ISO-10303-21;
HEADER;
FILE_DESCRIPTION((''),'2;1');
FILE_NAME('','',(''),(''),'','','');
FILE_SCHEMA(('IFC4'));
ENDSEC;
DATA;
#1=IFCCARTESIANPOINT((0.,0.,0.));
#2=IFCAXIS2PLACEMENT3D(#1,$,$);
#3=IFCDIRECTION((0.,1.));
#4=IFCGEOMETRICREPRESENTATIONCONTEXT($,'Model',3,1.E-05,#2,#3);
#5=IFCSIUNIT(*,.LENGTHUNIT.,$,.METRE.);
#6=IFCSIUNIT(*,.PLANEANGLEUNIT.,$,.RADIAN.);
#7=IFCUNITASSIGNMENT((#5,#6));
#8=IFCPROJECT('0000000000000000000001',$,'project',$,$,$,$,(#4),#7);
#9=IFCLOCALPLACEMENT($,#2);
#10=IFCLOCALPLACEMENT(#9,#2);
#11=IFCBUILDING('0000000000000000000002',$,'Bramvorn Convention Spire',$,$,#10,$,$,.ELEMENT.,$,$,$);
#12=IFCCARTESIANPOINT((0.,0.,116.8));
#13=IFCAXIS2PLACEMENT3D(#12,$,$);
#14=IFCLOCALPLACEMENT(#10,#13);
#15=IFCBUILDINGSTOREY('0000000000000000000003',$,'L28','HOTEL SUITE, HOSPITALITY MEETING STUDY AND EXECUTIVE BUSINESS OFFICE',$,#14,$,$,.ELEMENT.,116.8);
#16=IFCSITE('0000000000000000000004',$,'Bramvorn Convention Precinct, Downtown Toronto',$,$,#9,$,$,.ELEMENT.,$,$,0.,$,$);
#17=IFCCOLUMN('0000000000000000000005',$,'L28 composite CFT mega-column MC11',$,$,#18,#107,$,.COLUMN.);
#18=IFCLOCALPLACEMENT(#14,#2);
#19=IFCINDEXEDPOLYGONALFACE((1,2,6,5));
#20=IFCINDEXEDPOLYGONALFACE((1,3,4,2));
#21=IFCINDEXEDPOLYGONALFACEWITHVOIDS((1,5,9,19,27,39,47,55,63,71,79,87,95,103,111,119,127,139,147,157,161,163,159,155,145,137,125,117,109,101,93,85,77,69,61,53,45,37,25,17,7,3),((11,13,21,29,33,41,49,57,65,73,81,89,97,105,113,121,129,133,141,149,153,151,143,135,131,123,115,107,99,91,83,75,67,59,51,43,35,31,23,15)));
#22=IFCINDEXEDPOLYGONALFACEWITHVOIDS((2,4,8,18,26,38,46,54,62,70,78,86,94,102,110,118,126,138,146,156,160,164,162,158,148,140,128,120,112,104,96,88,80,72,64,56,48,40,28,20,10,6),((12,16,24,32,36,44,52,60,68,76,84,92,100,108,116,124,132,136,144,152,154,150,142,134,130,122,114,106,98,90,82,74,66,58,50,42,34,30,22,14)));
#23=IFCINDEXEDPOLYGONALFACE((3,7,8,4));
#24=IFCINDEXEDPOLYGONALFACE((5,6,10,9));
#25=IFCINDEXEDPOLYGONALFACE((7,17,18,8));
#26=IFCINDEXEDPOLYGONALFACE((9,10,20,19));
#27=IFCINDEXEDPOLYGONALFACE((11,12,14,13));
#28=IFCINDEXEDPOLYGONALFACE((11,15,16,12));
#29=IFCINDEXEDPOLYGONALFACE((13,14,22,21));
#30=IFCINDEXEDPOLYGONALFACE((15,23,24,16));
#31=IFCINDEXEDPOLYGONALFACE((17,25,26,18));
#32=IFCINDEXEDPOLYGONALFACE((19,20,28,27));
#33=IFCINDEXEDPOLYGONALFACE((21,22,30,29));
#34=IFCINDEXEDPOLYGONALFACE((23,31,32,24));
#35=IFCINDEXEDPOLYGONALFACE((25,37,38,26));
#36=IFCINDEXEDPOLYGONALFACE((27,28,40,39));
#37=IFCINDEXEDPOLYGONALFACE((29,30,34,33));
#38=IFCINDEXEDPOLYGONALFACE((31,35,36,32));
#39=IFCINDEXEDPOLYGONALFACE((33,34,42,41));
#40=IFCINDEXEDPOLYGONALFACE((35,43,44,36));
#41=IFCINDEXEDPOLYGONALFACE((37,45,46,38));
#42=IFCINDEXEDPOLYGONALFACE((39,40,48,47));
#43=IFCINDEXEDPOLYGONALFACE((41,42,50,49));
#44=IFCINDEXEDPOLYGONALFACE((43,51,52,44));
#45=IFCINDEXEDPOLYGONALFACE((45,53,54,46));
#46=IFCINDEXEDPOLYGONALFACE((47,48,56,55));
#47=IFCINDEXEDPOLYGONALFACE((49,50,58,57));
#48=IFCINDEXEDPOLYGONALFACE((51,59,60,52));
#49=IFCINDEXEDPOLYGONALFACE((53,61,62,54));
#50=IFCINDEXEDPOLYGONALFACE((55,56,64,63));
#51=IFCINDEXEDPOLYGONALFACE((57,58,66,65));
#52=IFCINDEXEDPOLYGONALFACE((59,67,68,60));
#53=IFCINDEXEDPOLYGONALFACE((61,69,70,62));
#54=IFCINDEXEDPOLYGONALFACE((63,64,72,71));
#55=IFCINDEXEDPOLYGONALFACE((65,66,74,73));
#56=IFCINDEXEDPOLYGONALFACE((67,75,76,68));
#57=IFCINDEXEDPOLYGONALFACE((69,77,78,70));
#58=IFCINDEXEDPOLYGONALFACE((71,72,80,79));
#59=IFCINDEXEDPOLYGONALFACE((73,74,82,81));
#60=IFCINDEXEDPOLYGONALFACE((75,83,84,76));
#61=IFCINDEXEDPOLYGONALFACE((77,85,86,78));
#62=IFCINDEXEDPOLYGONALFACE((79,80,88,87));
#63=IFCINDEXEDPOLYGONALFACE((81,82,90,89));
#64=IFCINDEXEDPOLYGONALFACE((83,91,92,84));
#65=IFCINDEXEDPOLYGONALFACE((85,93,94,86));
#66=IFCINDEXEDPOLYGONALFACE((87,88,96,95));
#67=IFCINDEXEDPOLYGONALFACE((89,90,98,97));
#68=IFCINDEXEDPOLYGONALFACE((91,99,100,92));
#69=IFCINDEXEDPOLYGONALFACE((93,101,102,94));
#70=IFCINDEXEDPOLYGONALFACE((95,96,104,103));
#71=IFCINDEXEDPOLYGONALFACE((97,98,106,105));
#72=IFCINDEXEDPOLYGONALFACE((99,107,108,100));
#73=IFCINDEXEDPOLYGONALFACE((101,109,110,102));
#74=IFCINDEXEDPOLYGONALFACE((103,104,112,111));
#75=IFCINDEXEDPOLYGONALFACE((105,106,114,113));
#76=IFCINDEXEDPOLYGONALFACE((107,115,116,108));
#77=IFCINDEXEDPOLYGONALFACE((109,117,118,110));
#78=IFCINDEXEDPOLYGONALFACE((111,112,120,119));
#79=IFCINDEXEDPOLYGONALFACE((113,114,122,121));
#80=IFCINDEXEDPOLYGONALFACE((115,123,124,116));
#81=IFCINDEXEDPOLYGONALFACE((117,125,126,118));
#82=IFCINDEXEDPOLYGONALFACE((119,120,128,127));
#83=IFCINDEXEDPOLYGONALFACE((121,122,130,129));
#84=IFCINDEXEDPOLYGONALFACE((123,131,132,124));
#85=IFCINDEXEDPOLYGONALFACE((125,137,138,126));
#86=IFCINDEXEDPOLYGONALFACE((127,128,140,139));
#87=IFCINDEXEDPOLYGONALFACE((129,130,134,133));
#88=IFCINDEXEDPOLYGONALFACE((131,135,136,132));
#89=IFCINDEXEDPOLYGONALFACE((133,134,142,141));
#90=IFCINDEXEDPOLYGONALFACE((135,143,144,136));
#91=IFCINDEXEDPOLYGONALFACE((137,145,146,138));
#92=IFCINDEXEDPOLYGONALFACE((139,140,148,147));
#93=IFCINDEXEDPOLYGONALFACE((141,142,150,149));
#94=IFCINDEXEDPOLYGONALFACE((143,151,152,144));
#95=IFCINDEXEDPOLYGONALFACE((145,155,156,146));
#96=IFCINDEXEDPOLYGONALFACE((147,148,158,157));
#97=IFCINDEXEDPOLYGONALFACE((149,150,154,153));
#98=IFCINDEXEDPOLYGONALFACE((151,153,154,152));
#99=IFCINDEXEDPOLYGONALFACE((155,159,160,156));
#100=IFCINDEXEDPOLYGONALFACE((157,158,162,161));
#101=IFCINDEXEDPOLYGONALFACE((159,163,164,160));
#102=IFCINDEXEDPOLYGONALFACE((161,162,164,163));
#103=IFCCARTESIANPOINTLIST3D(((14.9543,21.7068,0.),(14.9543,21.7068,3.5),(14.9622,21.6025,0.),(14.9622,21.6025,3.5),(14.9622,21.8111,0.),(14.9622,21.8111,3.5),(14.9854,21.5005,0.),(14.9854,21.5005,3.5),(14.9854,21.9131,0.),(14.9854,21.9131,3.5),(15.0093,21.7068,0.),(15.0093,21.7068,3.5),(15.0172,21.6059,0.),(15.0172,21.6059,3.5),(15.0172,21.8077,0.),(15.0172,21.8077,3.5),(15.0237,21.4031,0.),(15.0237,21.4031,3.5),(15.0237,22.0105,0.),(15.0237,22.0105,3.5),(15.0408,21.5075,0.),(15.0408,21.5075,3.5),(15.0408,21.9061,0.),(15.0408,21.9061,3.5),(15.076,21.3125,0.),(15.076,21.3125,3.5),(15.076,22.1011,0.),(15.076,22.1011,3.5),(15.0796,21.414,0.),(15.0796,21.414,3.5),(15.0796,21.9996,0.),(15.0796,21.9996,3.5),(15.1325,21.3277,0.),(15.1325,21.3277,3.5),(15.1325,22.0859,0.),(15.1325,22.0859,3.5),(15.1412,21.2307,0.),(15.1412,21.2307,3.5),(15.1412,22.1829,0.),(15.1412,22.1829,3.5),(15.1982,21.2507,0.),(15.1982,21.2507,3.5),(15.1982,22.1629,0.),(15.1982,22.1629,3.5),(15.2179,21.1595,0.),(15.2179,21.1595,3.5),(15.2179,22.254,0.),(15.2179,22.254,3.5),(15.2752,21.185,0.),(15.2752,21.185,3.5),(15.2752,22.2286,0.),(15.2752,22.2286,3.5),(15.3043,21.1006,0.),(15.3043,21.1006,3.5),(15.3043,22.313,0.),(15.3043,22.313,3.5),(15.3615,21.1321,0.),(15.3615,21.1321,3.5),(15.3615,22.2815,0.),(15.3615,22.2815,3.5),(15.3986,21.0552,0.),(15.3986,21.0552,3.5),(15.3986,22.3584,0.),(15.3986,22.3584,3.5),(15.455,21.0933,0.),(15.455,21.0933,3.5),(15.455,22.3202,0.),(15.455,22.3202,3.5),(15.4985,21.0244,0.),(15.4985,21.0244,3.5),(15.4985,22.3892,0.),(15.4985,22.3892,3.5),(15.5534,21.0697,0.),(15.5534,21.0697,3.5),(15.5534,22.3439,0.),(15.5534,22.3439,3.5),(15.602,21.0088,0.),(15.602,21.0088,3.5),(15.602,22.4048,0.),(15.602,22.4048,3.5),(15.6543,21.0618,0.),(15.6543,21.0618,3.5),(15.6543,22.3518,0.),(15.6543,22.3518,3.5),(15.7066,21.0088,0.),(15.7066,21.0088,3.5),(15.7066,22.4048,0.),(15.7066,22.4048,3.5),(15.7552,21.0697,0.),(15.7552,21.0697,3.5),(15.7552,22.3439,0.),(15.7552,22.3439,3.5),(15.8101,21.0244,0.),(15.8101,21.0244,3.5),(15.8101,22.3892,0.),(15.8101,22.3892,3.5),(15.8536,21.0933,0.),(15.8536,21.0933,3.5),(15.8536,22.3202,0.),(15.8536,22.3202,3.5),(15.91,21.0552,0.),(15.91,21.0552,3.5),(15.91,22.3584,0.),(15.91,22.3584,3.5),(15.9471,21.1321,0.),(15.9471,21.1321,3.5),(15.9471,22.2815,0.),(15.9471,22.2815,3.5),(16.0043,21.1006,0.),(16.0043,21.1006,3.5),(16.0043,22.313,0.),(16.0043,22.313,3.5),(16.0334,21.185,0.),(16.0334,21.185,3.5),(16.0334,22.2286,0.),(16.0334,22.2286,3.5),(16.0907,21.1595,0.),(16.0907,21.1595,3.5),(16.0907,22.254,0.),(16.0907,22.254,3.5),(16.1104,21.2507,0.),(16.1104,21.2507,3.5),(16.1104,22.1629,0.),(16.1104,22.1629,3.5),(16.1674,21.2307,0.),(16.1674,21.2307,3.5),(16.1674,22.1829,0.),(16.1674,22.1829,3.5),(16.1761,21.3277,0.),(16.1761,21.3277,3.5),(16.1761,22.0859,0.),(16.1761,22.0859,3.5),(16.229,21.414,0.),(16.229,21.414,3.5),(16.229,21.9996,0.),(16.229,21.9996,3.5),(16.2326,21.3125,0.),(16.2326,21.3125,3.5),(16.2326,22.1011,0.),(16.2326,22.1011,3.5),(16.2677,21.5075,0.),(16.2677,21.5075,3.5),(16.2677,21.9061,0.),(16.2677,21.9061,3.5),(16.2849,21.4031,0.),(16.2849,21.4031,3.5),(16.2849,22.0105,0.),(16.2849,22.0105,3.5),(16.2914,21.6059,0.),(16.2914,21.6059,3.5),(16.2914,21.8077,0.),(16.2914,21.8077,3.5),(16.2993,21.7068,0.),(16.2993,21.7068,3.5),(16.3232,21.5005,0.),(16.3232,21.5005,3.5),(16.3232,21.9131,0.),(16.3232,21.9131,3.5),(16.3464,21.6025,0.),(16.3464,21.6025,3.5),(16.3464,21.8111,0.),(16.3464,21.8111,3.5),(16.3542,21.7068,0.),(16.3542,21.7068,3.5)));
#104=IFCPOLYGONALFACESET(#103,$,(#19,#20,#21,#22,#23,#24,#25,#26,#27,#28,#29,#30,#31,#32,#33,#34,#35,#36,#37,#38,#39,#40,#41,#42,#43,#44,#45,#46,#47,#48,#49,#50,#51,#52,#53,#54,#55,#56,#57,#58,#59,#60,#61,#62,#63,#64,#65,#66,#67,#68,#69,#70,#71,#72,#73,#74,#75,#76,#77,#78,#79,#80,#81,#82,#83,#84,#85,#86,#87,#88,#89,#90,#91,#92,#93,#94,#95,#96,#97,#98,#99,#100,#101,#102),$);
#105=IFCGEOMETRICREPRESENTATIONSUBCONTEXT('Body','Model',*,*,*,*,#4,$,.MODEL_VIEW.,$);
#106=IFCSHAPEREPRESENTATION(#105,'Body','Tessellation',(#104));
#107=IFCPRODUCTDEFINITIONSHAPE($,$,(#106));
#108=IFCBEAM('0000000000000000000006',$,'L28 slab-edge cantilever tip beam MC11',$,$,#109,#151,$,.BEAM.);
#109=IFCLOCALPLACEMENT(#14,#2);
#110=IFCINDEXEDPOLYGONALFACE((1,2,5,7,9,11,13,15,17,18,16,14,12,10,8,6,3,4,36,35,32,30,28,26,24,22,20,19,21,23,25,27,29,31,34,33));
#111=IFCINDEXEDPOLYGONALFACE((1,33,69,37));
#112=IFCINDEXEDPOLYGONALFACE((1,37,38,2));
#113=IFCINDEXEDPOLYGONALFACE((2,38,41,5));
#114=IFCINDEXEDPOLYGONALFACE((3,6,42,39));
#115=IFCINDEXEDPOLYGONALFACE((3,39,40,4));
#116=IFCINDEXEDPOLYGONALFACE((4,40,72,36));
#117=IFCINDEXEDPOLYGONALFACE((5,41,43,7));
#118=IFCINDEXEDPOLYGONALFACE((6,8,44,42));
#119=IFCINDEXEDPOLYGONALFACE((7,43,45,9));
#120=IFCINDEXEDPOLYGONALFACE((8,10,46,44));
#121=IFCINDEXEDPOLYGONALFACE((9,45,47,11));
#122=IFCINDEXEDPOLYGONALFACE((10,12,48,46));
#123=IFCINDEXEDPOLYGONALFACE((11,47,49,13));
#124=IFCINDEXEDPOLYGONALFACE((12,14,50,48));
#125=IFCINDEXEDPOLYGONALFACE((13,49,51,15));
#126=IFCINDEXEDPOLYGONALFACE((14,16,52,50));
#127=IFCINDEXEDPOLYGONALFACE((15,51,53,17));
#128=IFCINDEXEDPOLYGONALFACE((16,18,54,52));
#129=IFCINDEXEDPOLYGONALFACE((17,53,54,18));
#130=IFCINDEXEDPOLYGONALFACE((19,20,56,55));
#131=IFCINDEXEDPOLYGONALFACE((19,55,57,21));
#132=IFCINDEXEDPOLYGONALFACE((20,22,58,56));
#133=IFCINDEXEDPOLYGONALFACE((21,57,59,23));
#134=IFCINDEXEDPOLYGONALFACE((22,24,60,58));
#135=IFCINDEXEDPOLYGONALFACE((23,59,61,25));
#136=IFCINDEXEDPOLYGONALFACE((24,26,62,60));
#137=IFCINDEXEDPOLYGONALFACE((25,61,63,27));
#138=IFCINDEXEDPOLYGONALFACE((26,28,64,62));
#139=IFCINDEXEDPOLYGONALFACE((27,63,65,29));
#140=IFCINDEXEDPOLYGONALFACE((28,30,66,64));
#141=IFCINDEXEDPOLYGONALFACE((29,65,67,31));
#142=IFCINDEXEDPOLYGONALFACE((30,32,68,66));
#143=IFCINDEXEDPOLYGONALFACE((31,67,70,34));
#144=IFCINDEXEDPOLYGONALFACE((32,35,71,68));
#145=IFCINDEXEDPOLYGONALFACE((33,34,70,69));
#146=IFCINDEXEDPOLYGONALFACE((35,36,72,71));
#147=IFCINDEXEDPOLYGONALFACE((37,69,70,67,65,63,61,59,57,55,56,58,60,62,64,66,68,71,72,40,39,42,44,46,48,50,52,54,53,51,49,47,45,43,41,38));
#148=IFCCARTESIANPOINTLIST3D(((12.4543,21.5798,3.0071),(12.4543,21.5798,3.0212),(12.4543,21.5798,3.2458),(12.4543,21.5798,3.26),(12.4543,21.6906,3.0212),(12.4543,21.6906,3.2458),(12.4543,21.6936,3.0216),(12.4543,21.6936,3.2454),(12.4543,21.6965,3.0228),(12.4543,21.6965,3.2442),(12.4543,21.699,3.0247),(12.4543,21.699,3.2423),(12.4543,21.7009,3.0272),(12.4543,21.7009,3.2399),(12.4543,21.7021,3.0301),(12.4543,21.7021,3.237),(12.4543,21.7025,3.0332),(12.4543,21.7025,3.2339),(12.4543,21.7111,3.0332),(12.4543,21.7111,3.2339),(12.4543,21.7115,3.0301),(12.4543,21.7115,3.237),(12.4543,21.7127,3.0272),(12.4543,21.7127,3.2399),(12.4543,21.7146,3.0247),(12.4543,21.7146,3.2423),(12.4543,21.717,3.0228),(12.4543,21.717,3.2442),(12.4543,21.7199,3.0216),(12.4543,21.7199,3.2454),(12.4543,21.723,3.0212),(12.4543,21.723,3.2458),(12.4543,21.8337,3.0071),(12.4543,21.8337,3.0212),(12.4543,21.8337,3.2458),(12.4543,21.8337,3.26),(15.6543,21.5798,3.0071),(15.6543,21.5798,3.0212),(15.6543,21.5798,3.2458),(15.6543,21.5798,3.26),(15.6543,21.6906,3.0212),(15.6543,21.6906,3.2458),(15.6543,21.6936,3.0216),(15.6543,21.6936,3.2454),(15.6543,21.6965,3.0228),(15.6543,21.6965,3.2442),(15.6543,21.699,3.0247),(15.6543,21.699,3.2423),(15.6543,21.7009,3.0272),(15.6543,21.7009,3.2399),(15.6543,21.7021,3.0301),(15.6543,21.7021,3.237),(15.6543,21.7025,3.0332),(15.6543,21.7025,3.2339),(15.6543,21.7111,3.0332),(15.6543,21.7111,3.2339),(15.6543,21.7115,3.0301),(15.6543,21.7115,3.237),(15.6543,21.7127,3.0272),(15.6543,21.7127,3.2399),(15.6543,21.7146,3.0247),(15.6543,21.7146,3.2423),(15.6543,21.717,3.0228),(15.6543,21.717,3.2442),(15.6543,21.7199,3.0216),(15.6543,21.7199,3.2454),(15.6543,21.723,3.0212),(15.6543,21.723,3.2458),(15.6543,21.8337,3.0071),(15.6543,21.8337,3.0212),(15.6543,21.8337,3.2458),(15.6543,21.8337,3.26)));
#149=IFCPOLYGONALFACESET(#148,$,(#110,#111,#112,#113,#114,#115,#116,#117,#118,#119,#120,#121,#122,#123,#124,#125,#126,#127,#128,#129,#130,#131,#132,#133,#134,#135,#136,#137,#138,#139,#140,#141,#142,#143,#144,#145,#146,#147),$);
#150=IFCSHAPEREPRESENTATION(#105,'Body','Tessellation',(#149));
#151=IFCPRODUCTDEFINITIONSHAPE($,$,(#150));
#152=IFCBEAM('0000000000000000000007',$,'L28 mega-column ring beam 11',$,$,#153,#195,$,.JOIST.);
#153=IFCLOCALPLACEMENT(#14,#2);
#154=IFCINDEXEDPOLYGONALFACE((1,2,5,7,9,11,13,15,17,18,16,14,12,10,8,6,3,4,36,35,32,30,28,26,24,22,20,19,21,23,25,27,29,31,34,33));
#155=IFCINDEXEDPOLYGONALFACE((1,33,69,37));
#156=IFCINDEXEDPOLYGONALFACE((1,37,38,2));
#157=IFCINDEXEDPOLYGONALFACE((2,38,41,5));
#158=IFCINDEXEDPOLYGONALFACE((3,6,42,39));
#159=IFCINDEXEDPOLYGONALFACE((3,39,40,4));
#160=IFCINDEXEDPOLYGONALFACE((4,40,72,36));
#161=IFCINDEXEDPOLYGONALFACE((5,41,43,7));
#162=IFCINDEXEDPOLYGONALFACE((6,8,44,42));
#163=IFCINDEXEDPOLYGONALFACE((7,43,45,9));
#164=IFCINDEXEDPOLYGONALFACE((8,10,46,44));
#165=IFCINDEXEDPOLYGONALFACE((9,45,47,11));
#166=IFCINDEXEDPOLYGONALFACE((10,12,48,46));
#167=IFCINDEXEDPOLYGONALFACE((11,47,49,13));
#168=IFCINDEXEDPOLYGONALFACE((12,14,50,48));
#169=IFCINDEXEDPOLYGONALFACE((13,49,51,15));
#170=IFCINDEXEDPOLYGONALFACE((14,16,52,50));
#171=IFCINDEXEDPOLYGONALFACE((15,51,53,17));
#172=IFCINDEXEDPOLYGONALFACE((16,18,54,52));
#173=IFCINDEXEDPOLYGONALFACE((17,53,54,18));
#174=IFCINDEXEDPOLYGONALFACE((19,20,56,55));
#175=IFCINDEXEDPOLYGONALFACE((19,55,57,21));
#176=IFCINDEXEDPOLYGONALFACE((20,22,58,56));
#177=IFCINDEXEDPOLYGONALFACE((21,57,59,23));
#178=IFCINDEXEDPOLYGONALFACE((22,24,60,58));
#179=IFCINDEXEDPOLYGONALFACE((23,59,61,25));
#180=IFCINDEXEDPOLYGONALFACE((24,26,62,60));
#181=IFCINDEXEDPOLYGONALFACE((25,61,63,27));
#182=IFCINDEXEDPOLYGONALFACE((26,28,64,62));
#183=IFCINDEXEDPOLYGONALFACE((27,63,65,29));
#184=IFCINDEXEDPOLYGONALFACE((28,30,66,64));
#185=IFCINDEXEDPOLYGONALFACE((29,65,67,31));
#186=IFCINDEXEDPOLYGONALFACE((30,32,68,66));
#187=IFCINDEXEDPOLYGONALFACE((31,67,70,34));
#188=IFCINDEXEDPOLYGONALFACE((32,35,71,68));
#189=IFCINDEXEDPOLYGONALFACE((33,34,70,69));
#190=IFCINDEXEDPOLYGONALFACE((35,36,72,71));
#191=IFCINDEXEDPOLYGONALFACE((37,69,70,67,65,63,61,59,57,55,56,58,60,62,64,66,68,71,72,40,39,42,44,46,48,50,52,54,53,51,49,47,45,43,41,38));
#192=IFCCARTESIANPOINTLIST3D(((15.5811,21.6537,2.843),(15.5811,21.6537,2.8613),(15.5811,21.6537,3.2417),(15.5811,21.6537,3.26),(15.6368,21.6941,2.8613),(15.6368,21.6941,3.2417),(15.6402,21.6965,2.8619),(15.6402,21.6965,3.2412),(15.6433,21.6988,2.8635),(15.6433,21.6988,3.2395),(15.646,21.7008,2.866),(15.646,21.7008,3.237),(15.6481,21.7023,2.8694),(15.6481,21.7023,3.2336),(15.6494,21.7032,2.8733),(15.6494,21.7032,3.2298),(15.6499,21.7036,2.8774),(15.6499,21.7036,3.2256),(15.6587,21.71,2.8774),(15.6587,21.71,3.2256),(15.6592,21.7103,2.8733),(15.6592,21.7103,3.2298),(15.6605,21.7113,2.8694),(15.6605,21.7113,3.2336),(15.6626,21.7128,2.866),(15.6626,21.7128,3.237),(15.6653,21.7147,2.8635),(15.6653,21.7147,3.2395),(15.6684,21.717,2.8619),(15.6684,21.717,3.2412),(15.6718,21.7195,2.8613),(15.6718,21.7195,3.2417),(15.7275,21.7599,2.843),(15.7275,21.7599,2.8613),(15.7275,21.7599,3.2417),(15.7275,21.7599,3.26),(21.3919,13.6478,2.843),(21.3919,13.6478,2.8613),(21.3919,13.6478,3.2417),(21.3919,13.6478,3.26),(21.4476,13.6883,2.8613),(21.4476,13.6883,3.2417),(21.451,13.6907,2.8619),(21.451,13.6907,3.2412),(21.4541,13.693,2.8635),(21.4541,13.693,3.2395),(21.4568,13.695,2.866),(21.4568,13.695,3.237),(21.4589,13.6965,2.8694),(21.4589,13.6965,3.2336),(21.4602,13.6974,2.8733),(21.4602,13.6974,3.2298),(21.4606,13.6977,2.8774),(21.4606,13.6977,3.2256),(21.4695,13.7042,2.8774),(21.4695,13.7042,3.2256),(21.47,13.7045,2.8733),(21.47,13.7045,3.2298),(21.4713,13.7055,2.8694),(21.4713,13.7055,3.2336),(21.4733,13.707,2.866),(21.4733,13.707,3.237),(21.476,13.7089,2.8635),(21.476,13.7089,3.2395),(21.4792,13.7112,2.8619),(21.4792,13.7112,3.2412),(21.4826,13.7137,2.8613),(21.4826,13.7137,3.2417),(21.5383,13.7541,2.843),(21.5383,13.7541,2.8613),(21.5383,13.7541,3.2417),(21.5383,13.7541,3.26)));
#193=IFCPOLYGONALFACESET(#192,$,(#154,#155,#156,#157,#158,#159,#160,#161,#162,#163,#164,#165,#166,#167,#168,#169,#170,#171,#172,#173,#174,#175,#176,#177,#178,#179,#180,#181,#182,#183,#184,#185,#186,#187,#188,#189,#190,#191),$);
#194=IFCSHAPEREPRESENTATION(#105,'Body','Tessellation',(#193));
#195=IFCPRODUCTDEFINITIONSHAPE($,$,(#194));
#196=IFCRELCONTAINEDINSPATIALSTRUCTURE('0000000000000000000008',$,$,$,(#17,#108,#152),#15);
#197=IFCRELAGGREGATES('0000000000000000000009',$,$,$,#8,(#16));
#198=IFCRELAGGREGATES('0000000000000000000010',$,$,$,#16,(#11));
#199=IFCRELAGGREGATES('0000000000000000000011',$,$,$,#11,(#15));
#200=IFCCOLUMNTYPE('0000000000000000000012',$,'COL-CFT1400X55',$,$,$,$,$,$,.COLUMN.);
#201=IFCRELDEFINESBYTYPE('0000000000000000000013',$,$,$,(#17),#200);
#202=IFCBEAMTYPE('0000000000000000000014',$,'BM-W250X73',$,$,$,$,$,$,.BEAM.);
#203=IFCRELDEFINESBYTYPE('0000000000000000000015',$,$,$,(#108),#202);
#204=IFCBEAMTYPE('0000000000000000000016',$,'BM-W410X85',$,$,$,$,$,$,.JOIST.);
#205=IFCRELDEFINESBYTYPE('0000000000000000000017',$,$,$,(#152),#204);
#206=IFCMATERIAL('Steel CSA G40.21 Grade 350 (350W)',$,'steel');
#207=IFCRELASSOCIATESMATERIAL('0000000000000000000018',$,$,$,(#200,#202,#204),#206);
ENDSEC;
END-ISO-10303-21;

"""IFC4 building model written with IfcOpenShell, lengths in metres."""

from ifc_helpers import new_model, si_unit, direction, frame, origin, origin_2d, place, context, subcontext, project, spatial, hollow_circle, i_section, extrude, material, material_profile, profile_set, type_object, element, save


model = new_model("IFC4")

# Units and contexts
model_context = context("Model", 3, precision=1e-05, world=origin(), true_north=direction((0.0, 1.0)))
body_context = subcontext(model_context, "Body", "Model", "MODEL_VIEW")
ifc_project = project(units=[si_unit("LENGTHUNIT", "METRE"), si_unit("PLANEANGLEUNIT", "RADIAN")], contexts=[model_context])

# Site, building, storey
site_placement = place(None, origin())
site = spatial("IfcSite", under=ifc_project, at=site_placement, Name="Bramvorn Convention Precinct, Downtown Toronto", CompositionType="ELEMENT", RefElevation=0.0)
building_placement = place(site_placement, origin())
building = spatial("IfcBuilding", under=site, at=building_placement, Name="Bramvorn Convention Spire", CompositionType="ELEMENT")
storey_placement = place(building_placement, frame((0.0, 0.0, 116.8)))
storey = spatial("IfcBuildingStorey", under=building, at=storey_placement, Name="L28", Description="HOTEL SUITE, HOSPITALITY MEETING STUDY AND EXECUTIVE BUSINESS OFFICE", CompositionType="ELEMENT", Elevation=116.8)

# Column
ifc_material_1 = material(Name="Steel CSA G40.21 Grade 350 (350W)", Category="steel")
ifc_material_profile_1 = material_profile(ifc_material_1, hollow_circle(Radius=0.7, WallThickness=0.0549, at=origin_2d()))
ifc_profile_set_1 = profile_set([ifc_material_profile_1], Name="Steel CSA G40.21 Grade 350 (350W) - CFT1400X55")
column_type = type_object("IfcColumnType", Name="COL-CFT1400X55", PredefinedType="COLUMN", material=ifc_profile_set_1)
column_placement = place(storey_placement, frame((15.6543, 21.7068, 0.0), z_axis=(0.0, 0.0, 1.0), x_axis=(1.0, 0.0, 0.0)))
element("IfcColumn", 1, at=column_placement, inside=storey, type_object=column_type, Name="L28 composite CFT mega-column MC11", PredefinedType="COLUMN", context=body_context, shape_type="SweptSolid", body=[
    extrude(hollow_circle(Radius=0.7, WallThickness=0.0549, at=origin_2d()), origin(), (0.0, 0.0, 1.0), 3.5),
])

# Beams
ifc_material_profile_2 = material_profile(ifc_material_1, i_section(OverallWidth=0.2539, OverallDepth=0.2529, WebThickness=0.0085, FlangeThickness=0.0142, FilletRadius=0.012, at=origin_2d()))
ifc_profile_set_2 = profile_set([ifc_material_profile_2], Name="Steel CSA G40.21 Grade 350 (350W) - W250X73")
beam_type_1 = type_object("IfcBeamType", Name="BM-W250X73", PredefinedType="BEAM", material=ifc_profile_set_2)
beam_1_placement = place(storey_placement, frame((15.6543, 21.7068, 3.1335), z_axis=(-1.0, 0.0, 0.0), x_axis=(0.0, -1.0, 0.0)))
element("IfcBeam", 2, at=beam_1_placement, inside=storey, type_object=beam_type_1, Name="L28 slab-edge cantilever tip beam MC11", PredefinedType="BEAM", context=body_context, shape_type="SweptSolid", body=[
    extrude(i_section(OverallWidth=0.2539, OverallDepth=0.2529, WebThickness=0.0085, FlangeThickness=0.0142, FilletRadius=0.012, at=origin_2d()), origin(), (0.0, 0.0, 1.0), 3.2),
])
ifc_material_profile_3 = material_profile(ifc_material_1, i_section(OverallWidth=0.1809, OverallDepth=0.417, WebThickness=0.011, FlangeThickness=0.0183, FilletRadius=0.0161, at=origin_2d()))
ifc_profile_set_3 = profile_set([ifc_material_profile_3], Name="Steel CSA G40.21 Grade 350 (350W) - W410X85")
beam_type_2 = type_object("IfcBeamType", Name="BM-W410X85", PredefinedType="JOIST", material=ifc_profile_set_3)
beam_2_placement = place(storey_placement, frame((15.6543, 21.7068, 3.0515), z_axis=(0.587401, -0.809296, 0.0), x_axis=(0.809296, 0.587401, 0.0)))
element("IfcBeam", 3, at=beam_2_placement, inside=storey, type_object=beam_type_2, Name="L28 mega-column ring beam 11", PredefinedType="JOIST", context=body_context, shape_type="SweptSolid", body=[
    extrude(i_section(OverallWidth=0.1809, OverallDepth=0.417, WebThickness=0.011, FlangeThickness=0.0183, FilletRadius=0.0161, at=origin_2d()), origin(), (0.0, 0.0, 1.0), 9.8923),
])

save(model, "model.ifc")
